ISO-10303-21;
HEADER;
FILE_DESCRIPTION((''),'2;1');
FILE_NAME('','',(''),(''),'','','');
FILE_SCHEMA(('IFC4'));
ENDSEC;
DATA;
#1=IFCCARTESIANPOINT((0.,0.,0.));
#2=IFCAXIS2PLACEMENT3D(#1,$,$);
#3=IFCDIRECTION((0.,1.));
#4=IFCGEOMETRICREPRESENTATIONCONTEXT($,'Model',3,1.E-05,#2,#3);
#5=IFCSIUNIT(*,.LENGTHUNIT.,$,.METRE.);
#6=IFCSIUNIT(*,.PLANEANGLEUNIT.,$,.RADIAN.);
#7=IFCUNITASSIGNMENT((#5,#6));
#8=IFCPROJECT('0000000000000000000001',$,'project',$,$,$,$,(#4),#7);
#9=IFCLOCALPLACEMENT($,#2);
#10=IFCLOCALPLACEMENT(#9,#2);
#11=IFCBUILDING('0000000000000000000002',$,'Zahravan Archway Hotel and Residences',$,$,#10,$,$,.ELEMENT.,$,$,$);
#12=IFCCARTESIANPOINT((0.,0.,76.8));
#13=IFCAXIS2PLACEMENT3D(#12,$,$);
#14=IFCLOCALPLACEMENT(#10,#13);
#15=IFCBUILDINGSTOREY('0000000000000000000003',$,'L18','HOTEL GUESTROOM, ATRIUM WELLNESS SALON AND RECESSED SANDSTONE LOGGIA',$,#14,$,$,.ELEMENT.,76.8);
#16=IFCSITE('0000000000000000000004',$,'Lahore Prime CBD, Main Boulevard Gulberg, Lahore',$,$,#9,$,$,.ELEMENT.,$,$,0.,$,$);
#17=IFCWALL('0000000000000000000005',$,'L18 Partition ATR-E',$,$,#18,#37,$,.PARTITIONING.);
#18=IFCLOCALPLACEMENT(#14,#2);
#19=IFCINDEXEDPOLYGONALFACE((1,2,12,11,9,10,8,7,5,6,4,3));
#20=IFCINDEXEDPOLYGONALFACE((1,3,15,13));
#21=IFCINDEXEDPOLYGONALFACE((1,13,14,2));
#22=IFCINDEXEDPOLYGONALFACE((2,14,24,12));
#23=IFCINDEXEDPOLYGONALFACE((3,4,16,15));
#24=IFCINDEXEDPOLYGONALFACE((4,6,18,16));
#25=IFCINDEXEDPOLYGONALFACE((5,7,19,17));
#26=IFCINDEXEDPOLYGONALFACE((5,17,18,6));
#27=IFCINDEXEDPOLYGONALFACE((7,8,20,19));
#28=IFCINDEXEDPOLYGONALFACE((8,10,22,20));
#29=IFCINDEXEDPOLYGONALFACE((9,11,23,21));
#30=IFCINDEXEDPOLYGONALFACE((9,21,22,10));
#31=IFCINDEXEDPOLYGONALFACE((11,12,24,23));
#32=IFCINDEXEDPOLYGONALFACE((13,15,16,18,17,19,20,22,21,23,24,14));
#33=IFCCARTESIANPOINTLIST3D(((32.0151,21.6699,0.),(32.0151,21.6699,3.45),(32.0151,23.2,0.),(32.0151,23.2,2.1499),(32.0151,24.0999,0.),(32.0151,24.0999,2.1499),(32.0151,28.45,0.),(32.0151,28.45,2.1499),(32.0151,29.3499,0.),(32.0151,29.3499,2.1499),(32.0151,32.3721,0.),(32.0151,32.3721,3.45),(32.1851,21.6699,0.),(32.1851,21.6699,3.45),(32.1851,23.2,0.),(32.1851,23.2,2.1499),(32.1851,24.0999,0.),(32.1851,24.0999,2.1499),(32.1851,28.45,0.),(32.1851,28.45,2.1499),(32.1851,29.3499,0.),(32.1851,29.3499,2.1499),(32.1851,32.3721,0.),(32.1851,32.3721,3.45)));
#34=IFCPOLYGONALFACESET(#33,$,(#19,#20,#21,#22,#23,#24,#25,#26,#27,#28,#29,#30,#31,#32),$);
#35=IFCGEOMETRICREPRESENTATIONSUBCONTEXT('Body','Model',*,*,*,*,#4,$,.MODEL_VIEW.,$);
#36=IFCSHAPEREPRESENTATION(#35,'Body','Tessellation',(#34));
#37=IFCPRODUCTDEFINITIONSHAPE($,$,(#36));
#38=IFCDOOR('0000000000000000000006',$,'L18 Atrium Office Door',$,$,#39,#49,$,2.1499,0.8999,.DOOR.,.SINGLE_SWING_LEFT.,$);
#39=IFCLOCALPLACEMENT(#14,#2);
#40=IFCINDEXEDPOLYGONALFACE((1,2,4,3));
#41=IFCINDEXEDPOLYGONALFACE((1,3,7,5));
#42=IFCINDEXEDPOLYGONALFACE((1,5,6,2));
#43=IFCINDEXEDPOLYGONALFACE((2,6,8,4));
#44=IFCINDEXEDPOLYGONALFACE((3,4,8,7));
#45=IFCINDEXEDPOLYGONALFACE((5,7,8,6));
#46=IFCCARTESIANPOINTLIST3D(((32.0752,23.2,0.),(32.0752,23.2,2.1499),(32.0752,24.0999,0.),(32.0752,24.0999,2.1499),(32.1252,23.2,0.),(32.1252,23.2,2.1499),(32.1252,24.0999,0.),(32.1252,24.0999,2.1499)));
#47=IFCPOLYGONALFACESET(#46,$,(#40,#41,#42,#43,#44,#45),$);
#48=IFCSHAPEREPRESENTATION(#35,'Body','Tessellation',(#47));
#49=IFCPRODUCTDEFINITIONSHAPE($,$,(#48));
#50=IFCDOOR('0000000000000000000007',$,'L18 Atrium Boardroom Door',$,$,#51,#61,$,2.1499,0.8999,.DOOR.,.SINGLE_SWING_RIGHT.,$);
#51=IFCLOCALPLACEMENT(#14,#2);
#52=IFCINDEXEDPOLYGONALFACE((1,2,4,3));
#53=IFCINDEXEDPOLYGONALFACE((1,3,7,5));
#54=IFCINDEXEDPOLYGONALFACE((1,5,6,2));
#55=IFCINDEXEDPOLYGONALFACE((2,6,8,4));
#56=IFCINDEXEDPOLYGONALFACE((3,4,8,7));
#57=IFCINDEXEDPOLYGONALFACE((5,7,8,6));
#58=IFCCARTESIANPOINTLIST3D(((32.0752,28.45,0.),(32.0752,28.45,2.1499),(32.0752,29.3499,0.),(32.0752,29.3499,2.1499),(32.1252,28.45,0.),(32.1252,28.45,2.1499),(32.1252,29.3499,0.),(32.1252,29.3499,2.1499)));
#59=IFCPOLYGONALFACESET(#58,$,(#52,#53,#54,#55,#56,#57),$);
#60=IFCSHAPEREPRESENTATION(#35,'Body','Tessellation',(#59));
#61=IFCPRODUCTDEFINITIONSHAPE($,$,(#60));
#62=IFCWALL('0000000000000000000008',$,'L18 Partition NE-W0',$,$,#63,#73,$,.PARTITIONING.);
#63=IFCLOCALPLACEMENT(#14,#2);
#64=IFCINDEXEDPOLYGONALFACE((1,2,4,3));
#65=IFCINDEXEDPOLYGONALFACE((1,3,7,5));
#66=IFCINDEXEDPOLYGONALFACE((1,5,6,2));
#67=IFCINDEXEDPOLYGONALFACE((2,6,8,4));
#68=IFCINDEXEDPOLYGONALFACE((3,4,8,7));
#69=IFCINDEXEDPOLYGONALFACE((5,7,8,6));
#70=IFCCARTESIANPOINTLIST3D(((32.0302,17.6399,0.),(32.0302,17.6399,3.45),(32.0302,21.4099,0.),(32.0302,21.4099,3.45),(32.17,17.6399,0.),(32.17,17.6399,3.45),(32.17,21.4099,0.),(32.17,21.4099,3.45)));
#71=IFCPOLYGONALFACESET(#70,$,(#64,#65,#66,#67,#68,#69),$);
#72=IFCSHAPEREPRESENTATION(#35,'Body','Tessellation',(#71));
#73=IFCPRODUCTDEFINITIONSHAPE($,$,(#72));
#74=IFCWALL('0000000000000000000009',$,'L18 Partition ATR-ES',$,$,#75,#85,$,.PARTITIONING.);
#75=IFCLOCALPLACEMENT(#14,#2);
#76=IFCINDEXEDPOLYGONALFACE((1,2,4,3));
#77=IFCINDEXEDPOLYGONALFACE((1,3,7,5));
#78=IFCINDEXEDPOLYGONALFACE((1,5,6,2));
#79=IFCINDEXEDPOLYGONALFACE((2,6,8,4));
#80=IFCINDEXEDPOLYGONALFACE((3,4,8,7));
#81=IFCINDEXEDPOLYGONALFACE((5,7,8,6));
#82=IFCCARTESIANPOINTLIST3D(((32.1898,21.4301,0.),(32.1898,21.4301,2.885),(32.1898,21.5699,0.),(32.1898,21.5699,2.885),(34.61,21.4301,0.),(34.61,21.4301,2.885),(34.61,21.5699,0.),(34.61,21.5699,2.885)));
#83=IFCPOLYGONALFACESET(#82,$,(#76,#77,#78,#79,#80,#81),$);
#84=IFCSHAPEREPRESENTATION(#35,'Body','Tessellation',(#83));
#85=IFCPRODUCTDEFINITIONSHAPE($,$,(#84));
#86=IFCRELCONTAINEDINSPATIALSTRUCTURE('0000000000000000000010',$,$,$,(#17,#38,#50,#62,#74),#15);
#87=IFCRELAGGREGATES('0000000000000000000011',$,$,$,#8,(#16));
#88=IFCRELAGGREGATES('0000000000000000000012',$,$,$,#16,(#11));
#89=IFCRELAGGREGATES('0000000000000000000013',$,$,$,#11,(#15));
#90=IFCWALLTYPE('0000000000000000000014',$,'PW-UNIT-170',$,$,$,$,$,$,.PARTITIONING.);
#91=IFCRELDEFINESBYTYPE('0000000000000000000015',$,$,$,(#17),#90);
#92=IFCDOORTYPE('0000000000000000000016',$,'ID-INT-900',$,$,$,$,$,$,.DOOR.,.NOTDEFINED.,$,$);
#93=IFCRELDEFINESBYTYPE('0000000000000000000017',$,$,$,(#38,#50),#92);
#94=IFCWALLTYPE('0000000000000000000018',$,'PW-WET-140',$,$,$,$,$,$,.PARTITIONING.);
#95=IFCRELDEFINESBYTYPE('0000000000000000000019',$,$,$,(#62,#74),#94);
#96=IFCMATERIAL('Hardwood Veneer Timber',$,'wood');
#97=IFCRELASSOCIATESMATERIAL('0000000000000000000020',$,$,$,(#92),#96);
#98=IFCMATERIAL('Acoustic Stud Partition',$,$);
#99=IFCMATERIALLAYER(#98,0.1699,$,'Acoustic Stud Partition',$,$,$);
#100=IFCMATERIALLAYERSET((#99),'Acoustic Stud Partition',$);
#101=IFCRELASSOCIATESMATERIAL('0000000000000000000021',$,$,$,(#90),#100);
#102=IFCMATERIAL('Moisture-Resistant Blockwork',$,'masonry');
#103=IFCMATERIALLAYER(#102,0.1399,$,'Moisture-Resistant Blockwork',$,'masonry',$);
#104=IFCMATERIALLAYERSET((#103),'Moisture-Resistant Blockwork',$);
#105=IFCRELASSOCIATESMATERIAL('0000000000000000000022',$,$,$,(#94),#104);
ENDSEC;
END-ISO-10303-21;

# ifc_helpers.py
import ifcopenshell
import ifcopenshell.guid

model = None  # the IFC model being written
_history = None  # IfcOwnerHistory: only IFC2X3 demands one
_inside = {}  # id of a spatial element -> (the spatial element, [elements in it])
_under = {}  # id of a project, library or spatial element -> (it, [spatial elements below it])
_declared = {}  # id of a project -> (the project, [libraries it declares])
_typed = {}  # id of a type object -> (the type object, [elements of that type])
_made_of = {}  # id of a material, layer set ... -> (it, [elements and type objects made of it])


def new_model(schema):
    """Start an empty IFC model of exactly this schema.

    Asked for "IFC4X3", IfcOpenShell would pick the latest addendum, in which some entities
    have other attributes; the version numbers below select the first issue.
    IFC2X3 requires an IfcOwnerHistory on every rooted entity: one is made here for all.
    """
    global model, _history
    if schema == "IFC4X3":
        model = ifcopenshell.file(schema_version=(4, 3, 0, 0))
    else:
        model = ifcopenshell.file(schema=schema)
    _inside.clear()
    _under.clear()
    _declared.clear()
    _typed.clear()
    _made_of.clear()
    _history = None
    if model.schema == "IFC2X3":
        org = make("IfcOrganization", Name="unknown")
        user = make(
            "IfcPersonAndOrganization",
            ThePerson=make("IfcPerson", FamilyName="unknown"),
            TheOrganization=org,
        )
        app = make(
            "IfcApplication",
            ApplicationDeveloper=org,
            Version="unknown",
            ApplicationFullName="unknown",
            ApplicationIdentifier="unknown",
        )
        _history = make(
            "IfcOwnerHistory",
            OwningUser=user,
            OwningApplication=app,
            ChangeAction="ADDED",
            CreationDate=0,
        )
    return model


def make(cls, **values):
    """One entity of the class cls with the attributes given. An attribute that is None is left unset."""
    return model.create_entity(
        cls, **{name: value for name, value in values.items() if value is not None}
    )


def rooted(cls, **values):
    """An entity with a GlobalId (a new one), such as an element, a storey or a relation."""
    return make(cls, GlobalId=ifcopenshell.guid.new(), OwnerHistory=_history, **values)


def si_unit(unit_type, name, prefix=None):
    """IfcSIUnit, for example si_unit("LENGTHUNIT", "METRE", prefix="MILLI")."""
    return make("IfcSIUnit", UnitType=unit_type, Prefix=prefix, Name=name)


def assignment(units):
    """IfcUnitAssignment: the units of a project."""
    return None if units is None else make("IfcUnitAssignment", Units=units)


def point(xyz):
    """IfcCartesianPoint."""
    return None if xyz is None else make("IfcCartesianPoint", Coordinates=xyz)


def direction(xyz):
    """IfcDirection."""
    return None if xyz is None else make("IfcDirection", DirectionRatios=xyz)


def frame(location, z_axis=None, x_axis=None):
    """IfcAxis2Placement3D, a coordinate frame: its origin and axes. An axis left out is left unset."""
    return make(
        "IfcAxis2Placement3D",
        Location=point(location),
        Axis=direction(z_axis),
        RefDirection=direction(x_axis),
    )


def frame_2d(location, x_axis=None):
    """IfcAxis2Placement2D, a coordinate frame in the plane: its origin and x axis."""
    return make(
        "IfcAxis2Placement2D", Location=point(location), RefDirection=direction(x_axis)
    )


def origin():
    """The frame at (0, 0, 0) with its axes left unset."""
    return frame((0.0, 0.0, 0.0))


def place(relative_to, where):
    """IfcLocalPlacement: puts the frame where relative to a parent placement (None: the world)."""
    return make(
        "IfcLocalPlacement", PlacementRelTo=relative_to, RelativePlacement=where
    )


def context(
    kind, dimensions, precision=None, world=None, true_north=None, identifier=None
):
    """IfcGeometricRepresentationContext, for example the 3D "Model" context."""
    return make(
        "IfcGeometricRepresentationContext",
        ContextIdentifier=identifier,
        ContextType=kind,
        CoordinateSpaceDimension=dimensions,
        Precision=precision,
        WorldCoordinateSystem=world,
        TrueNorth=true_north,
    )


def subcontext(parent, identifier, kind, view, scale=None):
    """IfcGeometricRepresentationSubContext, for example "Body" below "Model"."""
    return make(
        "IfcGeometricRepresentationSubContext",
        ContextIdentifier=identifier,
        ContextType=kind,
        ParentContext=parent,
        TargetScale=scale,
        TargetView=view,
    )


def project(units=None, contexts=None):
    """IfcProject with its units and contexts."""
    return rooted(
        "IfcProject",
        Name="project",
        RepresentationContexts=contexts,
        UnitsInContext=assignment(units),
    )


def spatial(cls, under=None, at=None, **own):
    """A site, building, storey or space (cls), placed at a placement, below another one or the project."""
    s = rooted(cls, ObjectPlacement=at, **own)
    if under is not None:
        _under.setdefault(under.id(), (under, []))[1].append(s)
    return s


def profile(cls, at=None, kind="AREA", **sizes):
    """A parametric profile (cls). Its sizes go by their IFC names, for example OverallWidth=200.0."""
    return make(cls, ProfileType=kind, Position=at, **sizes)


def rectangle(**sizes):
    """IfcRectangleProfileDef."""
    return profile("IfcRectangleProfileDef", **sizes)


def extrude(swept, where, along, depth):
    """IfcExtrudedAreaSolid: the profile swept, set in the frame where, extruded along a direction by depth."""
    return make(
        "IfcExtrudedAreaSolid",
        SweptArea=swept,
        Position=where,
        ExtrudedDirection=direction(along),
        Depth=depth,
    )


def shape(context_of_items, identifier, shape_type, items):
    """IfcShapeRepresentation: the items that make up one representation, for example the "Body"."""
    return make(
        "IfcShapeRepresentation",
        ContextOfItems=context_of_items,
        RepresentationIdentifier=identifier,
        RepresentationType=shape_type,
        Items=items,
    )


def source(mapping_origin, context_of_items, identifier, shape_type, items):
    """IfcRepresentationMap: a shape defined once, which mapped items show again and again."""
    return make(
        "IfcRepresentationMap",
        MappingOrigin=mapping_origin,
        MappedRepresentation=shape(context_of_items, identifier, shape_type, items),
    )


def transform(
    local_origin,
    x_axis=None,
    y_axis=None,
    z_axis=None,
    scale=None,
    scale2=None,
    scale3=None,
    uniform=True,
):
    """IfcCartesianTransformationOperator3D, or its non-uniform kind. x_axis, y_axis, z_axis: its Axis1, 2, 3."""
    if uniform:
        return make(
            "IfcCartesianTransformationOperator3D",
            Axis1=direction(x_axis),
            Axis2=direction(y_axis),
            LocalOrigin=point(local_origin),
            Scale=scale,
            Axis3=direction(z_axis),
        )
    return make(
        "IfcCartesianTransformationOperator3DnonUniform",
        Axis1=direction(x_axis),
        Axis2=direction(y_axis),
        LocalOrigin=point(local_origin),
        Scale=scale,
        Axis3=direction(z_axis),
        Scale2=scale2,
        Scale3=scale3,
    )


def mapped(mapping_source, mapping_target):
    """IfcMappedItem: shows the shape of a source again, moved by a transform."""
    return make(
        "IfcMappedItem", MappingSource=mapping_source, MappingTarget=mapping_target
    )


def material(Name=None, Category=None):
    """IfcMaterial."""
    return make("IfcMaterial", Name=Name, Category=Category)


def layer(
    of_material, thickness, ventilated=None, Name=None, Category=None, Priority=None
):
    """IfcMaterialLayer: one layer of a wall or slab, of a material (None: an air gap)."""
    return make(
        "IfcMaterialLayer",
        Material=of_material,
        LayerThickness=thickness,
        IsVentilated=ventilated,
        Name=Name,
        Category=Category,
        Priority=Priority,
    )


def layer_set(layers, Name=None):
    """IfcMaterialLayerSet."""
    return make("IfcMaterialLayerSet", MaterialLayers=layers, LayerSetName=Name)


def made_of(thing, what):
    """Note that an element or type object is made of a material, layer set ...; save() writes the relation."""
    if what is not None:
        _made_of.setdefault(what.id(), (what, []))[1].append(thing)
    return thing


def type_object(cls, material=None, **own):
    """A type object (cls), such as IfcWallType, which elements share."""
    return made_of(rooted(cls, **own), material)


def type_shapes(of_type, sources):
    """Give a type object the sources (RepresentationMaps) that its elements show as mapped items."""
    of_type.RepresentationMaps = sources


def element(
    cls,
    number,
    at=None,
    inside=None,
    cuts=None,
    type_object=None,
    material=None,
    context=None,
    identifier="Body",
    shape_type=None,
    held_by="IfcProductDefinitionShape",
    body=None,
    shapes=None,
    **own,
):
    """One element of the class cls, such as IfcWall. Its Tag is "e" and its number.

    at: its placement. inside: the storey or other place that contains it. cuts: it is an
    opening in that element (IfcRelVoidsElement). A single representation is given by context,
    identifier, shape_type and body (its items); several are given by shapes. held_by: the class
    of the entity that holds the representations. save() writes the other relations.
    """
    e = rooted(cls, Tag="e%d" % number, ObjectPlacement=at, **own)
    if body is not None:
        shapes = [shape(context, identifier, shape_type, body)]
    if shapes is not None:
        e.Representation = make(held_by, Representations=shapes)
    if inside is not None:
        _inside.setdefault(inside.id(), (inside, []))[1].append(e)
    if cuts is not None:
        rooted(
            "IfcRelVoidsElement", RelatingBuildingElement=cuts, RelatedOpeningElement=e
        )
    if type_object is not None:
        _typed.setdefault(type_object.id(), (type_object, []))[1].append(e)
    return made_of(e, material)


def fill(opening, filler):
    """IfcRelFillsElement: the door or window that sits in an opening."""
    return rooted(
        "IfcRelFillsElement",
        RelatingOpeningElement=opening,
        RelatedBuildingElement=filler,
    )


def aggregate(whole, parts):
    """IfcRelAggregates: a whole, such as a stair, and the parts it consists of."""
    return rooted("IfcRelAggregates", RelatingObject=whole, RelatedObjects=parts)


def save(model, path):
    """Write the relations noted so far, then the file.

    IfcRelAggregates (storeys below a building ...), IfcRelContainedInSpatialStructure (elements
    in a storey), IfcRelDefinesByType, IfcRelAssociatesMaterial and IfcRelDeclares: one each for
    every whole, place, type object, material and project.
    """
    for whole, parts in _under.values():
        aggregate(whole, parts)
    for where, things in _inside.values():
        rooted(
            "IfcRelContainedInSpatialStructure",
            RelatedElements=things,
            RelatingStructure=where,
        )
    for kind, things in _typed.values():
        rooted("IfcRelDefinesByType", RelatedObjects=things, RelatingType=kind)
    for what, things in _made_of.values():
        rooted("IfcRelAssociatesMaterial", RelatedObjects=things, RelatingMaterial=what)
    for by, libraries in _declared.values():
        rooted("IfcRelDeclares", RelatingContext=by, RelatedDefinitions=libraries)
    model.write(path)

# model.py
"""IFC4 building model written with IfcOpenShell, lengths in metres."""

from ifc_helpers import new_model, si_unit, direction, frame, frame_2d, origin, place, context, subcontext, project, spatial, rectangle, extrude, source, transform, mapped, material, layer, layer_set, type_object, type_shapes, element, fill, save


model = new_model("IFC4")

# Units and contexts
model_context = context("Model", 3, precision=1e-05, world=origin(), true_north=direction((0.0, 1.0)))
body_context = subcontext(model_context, "Body", "Model", "MODEL_VIEW")
ifc_project = project(units=[si_unit("LENGTHUNIT", "METRE"), si_unit("PLANEANGLEUNIT", "RADIAN")], contexts=[model_context])

# Site, building, storey
site_placement = place(None, origin())
site = spatial("IfcSite", under=ifc_project, at=site_placement, Name="Lahore Prime CBD, Main Boulevard Gulberg, Lahore", CompositionType="ELEMENT", RefElevation=0.0)
building_placement = place(site_placement, origin())
building = spatial("IfcBuilding", under=site, at=building_placement, Name="Zahravan Archway Hotel and Residences", CompositionType="ELEMENT")
storey_placement = place(building_placement, frame((0.0, 0.0, 76.8)))
storey = spatial("IfcBuildingStorey", under=building, at=storey_placement, Name="L18", Description="HOTEL GUESTROOM, ATRIUM WELLNESS SALON AND RECESSED SANDSTONE LOGGIA", CompositionType="ELEMENT", Elevation=76.8)

# Wall, openings, doors
ifc_material_1 = material(Name="Hardwood Veneer Timber", Category="wood")
door_type_1 = type_object("IfcDoorType", Name="ID-INT-900", OperationType="NOTDEFINED", PredefinedType="DOOR", material=ifc_material_1)
shared_shape_1 = source(origin(), body_context, "Body", "SweptSolid", [
    extrude(rectangle(XDim=0.8999, YDim=2.1499, at=frame_2d((0.45, 1.075))), frame((0.0, 0.0249, 0.0), z_axis=(0.0, -1.0, 0.0), x_axis=(1.0, 0.0, 0.0)), (0.0, 0.0, 1.0), 0.05),
])
type_shapes(door_type_1, [shared_shape_1])
ifc_material_2 = material(Name="Acoustic Stud Partition")
ifc_layer_1 = layer(ifc_material_2, 0.1699, Name="Acoustic Stud Partition")
ifc_layer_set_1 = layer_set([ifc_layer_1], Name="Acoustic Stud Partition")
wall_type_1 = type_object("IfcWallType", Name="PW-UNIT-170", PredefinedType="PARTITIONING", material=ifc_layer_set_1)
wall_1_placement = place(storey_placement, frame((32.1001, 21.6699, 0.0), z_axis=(0.0, 0.0, 1.0), x_axis=(0.0, 1.0, 0.0)))
wall_1 = element("IfcWall", 1, at=wall_1_placement, inside=storey, type_object=wall_type_1, Name="L18 Partition ATR-E", PredefinedType="PARTITIONING", context=body_context, shape_type="SweptSolid", body=[
    extrude(rectangle(XDim=10.7021, YDim=0.1699, at=frame_2d((5.3511, 0.0))), origin(), (0.0, 0.0, 1.0), 3.45),
])
opening_1_placement = place(wall_1_placement, frame((1.53, 0.0, 0.0)))
opening_1 = element("IfcOpeningElement", 2, at=opening_1_placement, cuts=wall_1, PredefinedType="OPENING", context=body_context, shape_type="SweptSolid", body=[
    extrude(rectangle(XDim=0.8999, YDim=2.1499, at=frame_2d((0.45, 1.075))), frame((0.0, 0.095, 0.0), z_axis=(0.0, -1.0, 0.0), x_axis=(1.0, 0.0, 0.0)), (0.0, 0.0, 1.0), 0.1899),
])
opening_2_placement = place(wall_1_placement, frame((6.78, 0.0, 0.0)))
opening_2 = element("IfcOpeningElement", 3, at=opening_2_placement, cuts=wall_1, PredefinedType="OPENING", context=body_context, shape_type="SweptSolid", body=[
    extrude(rectangle(XDim=0.8999, YDim=2.1499, at=frame_2d((0.45, 1.075))), frame((0.0, 0.095, 0.0), z_axis=(0.0, -1.0, 0.0), x_axis=(1.0, 0.0, 0.0)), (0.0, 0.0, 1.0), 0.1899),
])
door_1_placement = place(opening_1_placement, origin())
door_1 = element("IfcDoor", 4, at=door_1_placement, inside=storey, type_object=door_type_1, Name="L18 Atrium Office Door", OperationType="SINGLE_SWING_LEFT", OverallHeight=2.1499, OverallWidth=0.8999, PredefinedType="DOOR", context=body_context, shape_type="MappedRepresentation", body=[
    mapped(shared_shape_1, transform((0.0, 0.0, 0.0), scale=1.0)),
])
fill(opening_1, door_1)
door_2_placement = place(opening_2_placement, origin())
door_2 = element("IfcDoor", 5, at=door_2_placement, inside=storey, type_object=door_type_1, Name="L18 Atrium Boardroom Door", OperationType="SINGLE_SWING_RIGHT", OverallHeight=2.1499, OverallWidth=0.8999, PredefinedType="DOOR", context=body_context, shape_type="MappedRepresentation", body=[
    mapped(shared_shape_1, transform((0.0, 0.0, 0.0), scale=1.0)),
])
fill(opening_2, door_2)

# Walls
ifc_material_3 = material(Name="Moisture-Resistant Blockwork", Category="masonry")
ifc_layer_2 = layer(ifc_material_3, 0.1399, Name="Moisture-Resistant Blockwork", Category="masonry")
ifc_layer_set_2 = layer_set([ifc_layer_2], Name="Moisture-Resistant Blockwork")
wall_type_2 = type_object("IfcWallType", Name="PW-WET-140", PredefinedType="PARTITIONING", material=ifc_layer_set_2)
wall_2_placement = place(storey_placement, frame((32.1001, 17.6399, 0.0), z_axis=(0.0, 0.0, 1.0), x_axis=(0.0, 1.0, 0.0)))
element("IfcWall", 6, at=wall_2_placement, inside=storey, type_object=wall_type_2, Name="L18 Partition NE-W0", PredefinedType="PARTITIONING", context=body_context, shape_type="SweptSolid", body=[
    extrude(rectangle(XDim=3.77, YDim=0.1399, at=frame_2d((1.885, 0.0))), origin(), (0.0, 0.0, 1.0), 3.45),
])
wall_3_placement = place(storey_placement, frame((32.1899, 21.5, 0.0), z_axis=(0.0, 0.0, 1.0), x_axis=(1.0, 0.0, 0.0)))
element("IfcWall", 7, at=wall_3_placement, inside=storey, type_object=wall_type_2, Name="L18 Partition ATR-ES", PredefinedType="PARTITIONING", context=body_context, shape_type="SweptSolid", body=[
    extrude(rectangle(XDim=2.4202, YDim=0.1399, at=frame_2d((1.21, 0.0))), origin(), (0.0, 0.0, 1.0), 2.885),
])

save(model, "model.ifc")
